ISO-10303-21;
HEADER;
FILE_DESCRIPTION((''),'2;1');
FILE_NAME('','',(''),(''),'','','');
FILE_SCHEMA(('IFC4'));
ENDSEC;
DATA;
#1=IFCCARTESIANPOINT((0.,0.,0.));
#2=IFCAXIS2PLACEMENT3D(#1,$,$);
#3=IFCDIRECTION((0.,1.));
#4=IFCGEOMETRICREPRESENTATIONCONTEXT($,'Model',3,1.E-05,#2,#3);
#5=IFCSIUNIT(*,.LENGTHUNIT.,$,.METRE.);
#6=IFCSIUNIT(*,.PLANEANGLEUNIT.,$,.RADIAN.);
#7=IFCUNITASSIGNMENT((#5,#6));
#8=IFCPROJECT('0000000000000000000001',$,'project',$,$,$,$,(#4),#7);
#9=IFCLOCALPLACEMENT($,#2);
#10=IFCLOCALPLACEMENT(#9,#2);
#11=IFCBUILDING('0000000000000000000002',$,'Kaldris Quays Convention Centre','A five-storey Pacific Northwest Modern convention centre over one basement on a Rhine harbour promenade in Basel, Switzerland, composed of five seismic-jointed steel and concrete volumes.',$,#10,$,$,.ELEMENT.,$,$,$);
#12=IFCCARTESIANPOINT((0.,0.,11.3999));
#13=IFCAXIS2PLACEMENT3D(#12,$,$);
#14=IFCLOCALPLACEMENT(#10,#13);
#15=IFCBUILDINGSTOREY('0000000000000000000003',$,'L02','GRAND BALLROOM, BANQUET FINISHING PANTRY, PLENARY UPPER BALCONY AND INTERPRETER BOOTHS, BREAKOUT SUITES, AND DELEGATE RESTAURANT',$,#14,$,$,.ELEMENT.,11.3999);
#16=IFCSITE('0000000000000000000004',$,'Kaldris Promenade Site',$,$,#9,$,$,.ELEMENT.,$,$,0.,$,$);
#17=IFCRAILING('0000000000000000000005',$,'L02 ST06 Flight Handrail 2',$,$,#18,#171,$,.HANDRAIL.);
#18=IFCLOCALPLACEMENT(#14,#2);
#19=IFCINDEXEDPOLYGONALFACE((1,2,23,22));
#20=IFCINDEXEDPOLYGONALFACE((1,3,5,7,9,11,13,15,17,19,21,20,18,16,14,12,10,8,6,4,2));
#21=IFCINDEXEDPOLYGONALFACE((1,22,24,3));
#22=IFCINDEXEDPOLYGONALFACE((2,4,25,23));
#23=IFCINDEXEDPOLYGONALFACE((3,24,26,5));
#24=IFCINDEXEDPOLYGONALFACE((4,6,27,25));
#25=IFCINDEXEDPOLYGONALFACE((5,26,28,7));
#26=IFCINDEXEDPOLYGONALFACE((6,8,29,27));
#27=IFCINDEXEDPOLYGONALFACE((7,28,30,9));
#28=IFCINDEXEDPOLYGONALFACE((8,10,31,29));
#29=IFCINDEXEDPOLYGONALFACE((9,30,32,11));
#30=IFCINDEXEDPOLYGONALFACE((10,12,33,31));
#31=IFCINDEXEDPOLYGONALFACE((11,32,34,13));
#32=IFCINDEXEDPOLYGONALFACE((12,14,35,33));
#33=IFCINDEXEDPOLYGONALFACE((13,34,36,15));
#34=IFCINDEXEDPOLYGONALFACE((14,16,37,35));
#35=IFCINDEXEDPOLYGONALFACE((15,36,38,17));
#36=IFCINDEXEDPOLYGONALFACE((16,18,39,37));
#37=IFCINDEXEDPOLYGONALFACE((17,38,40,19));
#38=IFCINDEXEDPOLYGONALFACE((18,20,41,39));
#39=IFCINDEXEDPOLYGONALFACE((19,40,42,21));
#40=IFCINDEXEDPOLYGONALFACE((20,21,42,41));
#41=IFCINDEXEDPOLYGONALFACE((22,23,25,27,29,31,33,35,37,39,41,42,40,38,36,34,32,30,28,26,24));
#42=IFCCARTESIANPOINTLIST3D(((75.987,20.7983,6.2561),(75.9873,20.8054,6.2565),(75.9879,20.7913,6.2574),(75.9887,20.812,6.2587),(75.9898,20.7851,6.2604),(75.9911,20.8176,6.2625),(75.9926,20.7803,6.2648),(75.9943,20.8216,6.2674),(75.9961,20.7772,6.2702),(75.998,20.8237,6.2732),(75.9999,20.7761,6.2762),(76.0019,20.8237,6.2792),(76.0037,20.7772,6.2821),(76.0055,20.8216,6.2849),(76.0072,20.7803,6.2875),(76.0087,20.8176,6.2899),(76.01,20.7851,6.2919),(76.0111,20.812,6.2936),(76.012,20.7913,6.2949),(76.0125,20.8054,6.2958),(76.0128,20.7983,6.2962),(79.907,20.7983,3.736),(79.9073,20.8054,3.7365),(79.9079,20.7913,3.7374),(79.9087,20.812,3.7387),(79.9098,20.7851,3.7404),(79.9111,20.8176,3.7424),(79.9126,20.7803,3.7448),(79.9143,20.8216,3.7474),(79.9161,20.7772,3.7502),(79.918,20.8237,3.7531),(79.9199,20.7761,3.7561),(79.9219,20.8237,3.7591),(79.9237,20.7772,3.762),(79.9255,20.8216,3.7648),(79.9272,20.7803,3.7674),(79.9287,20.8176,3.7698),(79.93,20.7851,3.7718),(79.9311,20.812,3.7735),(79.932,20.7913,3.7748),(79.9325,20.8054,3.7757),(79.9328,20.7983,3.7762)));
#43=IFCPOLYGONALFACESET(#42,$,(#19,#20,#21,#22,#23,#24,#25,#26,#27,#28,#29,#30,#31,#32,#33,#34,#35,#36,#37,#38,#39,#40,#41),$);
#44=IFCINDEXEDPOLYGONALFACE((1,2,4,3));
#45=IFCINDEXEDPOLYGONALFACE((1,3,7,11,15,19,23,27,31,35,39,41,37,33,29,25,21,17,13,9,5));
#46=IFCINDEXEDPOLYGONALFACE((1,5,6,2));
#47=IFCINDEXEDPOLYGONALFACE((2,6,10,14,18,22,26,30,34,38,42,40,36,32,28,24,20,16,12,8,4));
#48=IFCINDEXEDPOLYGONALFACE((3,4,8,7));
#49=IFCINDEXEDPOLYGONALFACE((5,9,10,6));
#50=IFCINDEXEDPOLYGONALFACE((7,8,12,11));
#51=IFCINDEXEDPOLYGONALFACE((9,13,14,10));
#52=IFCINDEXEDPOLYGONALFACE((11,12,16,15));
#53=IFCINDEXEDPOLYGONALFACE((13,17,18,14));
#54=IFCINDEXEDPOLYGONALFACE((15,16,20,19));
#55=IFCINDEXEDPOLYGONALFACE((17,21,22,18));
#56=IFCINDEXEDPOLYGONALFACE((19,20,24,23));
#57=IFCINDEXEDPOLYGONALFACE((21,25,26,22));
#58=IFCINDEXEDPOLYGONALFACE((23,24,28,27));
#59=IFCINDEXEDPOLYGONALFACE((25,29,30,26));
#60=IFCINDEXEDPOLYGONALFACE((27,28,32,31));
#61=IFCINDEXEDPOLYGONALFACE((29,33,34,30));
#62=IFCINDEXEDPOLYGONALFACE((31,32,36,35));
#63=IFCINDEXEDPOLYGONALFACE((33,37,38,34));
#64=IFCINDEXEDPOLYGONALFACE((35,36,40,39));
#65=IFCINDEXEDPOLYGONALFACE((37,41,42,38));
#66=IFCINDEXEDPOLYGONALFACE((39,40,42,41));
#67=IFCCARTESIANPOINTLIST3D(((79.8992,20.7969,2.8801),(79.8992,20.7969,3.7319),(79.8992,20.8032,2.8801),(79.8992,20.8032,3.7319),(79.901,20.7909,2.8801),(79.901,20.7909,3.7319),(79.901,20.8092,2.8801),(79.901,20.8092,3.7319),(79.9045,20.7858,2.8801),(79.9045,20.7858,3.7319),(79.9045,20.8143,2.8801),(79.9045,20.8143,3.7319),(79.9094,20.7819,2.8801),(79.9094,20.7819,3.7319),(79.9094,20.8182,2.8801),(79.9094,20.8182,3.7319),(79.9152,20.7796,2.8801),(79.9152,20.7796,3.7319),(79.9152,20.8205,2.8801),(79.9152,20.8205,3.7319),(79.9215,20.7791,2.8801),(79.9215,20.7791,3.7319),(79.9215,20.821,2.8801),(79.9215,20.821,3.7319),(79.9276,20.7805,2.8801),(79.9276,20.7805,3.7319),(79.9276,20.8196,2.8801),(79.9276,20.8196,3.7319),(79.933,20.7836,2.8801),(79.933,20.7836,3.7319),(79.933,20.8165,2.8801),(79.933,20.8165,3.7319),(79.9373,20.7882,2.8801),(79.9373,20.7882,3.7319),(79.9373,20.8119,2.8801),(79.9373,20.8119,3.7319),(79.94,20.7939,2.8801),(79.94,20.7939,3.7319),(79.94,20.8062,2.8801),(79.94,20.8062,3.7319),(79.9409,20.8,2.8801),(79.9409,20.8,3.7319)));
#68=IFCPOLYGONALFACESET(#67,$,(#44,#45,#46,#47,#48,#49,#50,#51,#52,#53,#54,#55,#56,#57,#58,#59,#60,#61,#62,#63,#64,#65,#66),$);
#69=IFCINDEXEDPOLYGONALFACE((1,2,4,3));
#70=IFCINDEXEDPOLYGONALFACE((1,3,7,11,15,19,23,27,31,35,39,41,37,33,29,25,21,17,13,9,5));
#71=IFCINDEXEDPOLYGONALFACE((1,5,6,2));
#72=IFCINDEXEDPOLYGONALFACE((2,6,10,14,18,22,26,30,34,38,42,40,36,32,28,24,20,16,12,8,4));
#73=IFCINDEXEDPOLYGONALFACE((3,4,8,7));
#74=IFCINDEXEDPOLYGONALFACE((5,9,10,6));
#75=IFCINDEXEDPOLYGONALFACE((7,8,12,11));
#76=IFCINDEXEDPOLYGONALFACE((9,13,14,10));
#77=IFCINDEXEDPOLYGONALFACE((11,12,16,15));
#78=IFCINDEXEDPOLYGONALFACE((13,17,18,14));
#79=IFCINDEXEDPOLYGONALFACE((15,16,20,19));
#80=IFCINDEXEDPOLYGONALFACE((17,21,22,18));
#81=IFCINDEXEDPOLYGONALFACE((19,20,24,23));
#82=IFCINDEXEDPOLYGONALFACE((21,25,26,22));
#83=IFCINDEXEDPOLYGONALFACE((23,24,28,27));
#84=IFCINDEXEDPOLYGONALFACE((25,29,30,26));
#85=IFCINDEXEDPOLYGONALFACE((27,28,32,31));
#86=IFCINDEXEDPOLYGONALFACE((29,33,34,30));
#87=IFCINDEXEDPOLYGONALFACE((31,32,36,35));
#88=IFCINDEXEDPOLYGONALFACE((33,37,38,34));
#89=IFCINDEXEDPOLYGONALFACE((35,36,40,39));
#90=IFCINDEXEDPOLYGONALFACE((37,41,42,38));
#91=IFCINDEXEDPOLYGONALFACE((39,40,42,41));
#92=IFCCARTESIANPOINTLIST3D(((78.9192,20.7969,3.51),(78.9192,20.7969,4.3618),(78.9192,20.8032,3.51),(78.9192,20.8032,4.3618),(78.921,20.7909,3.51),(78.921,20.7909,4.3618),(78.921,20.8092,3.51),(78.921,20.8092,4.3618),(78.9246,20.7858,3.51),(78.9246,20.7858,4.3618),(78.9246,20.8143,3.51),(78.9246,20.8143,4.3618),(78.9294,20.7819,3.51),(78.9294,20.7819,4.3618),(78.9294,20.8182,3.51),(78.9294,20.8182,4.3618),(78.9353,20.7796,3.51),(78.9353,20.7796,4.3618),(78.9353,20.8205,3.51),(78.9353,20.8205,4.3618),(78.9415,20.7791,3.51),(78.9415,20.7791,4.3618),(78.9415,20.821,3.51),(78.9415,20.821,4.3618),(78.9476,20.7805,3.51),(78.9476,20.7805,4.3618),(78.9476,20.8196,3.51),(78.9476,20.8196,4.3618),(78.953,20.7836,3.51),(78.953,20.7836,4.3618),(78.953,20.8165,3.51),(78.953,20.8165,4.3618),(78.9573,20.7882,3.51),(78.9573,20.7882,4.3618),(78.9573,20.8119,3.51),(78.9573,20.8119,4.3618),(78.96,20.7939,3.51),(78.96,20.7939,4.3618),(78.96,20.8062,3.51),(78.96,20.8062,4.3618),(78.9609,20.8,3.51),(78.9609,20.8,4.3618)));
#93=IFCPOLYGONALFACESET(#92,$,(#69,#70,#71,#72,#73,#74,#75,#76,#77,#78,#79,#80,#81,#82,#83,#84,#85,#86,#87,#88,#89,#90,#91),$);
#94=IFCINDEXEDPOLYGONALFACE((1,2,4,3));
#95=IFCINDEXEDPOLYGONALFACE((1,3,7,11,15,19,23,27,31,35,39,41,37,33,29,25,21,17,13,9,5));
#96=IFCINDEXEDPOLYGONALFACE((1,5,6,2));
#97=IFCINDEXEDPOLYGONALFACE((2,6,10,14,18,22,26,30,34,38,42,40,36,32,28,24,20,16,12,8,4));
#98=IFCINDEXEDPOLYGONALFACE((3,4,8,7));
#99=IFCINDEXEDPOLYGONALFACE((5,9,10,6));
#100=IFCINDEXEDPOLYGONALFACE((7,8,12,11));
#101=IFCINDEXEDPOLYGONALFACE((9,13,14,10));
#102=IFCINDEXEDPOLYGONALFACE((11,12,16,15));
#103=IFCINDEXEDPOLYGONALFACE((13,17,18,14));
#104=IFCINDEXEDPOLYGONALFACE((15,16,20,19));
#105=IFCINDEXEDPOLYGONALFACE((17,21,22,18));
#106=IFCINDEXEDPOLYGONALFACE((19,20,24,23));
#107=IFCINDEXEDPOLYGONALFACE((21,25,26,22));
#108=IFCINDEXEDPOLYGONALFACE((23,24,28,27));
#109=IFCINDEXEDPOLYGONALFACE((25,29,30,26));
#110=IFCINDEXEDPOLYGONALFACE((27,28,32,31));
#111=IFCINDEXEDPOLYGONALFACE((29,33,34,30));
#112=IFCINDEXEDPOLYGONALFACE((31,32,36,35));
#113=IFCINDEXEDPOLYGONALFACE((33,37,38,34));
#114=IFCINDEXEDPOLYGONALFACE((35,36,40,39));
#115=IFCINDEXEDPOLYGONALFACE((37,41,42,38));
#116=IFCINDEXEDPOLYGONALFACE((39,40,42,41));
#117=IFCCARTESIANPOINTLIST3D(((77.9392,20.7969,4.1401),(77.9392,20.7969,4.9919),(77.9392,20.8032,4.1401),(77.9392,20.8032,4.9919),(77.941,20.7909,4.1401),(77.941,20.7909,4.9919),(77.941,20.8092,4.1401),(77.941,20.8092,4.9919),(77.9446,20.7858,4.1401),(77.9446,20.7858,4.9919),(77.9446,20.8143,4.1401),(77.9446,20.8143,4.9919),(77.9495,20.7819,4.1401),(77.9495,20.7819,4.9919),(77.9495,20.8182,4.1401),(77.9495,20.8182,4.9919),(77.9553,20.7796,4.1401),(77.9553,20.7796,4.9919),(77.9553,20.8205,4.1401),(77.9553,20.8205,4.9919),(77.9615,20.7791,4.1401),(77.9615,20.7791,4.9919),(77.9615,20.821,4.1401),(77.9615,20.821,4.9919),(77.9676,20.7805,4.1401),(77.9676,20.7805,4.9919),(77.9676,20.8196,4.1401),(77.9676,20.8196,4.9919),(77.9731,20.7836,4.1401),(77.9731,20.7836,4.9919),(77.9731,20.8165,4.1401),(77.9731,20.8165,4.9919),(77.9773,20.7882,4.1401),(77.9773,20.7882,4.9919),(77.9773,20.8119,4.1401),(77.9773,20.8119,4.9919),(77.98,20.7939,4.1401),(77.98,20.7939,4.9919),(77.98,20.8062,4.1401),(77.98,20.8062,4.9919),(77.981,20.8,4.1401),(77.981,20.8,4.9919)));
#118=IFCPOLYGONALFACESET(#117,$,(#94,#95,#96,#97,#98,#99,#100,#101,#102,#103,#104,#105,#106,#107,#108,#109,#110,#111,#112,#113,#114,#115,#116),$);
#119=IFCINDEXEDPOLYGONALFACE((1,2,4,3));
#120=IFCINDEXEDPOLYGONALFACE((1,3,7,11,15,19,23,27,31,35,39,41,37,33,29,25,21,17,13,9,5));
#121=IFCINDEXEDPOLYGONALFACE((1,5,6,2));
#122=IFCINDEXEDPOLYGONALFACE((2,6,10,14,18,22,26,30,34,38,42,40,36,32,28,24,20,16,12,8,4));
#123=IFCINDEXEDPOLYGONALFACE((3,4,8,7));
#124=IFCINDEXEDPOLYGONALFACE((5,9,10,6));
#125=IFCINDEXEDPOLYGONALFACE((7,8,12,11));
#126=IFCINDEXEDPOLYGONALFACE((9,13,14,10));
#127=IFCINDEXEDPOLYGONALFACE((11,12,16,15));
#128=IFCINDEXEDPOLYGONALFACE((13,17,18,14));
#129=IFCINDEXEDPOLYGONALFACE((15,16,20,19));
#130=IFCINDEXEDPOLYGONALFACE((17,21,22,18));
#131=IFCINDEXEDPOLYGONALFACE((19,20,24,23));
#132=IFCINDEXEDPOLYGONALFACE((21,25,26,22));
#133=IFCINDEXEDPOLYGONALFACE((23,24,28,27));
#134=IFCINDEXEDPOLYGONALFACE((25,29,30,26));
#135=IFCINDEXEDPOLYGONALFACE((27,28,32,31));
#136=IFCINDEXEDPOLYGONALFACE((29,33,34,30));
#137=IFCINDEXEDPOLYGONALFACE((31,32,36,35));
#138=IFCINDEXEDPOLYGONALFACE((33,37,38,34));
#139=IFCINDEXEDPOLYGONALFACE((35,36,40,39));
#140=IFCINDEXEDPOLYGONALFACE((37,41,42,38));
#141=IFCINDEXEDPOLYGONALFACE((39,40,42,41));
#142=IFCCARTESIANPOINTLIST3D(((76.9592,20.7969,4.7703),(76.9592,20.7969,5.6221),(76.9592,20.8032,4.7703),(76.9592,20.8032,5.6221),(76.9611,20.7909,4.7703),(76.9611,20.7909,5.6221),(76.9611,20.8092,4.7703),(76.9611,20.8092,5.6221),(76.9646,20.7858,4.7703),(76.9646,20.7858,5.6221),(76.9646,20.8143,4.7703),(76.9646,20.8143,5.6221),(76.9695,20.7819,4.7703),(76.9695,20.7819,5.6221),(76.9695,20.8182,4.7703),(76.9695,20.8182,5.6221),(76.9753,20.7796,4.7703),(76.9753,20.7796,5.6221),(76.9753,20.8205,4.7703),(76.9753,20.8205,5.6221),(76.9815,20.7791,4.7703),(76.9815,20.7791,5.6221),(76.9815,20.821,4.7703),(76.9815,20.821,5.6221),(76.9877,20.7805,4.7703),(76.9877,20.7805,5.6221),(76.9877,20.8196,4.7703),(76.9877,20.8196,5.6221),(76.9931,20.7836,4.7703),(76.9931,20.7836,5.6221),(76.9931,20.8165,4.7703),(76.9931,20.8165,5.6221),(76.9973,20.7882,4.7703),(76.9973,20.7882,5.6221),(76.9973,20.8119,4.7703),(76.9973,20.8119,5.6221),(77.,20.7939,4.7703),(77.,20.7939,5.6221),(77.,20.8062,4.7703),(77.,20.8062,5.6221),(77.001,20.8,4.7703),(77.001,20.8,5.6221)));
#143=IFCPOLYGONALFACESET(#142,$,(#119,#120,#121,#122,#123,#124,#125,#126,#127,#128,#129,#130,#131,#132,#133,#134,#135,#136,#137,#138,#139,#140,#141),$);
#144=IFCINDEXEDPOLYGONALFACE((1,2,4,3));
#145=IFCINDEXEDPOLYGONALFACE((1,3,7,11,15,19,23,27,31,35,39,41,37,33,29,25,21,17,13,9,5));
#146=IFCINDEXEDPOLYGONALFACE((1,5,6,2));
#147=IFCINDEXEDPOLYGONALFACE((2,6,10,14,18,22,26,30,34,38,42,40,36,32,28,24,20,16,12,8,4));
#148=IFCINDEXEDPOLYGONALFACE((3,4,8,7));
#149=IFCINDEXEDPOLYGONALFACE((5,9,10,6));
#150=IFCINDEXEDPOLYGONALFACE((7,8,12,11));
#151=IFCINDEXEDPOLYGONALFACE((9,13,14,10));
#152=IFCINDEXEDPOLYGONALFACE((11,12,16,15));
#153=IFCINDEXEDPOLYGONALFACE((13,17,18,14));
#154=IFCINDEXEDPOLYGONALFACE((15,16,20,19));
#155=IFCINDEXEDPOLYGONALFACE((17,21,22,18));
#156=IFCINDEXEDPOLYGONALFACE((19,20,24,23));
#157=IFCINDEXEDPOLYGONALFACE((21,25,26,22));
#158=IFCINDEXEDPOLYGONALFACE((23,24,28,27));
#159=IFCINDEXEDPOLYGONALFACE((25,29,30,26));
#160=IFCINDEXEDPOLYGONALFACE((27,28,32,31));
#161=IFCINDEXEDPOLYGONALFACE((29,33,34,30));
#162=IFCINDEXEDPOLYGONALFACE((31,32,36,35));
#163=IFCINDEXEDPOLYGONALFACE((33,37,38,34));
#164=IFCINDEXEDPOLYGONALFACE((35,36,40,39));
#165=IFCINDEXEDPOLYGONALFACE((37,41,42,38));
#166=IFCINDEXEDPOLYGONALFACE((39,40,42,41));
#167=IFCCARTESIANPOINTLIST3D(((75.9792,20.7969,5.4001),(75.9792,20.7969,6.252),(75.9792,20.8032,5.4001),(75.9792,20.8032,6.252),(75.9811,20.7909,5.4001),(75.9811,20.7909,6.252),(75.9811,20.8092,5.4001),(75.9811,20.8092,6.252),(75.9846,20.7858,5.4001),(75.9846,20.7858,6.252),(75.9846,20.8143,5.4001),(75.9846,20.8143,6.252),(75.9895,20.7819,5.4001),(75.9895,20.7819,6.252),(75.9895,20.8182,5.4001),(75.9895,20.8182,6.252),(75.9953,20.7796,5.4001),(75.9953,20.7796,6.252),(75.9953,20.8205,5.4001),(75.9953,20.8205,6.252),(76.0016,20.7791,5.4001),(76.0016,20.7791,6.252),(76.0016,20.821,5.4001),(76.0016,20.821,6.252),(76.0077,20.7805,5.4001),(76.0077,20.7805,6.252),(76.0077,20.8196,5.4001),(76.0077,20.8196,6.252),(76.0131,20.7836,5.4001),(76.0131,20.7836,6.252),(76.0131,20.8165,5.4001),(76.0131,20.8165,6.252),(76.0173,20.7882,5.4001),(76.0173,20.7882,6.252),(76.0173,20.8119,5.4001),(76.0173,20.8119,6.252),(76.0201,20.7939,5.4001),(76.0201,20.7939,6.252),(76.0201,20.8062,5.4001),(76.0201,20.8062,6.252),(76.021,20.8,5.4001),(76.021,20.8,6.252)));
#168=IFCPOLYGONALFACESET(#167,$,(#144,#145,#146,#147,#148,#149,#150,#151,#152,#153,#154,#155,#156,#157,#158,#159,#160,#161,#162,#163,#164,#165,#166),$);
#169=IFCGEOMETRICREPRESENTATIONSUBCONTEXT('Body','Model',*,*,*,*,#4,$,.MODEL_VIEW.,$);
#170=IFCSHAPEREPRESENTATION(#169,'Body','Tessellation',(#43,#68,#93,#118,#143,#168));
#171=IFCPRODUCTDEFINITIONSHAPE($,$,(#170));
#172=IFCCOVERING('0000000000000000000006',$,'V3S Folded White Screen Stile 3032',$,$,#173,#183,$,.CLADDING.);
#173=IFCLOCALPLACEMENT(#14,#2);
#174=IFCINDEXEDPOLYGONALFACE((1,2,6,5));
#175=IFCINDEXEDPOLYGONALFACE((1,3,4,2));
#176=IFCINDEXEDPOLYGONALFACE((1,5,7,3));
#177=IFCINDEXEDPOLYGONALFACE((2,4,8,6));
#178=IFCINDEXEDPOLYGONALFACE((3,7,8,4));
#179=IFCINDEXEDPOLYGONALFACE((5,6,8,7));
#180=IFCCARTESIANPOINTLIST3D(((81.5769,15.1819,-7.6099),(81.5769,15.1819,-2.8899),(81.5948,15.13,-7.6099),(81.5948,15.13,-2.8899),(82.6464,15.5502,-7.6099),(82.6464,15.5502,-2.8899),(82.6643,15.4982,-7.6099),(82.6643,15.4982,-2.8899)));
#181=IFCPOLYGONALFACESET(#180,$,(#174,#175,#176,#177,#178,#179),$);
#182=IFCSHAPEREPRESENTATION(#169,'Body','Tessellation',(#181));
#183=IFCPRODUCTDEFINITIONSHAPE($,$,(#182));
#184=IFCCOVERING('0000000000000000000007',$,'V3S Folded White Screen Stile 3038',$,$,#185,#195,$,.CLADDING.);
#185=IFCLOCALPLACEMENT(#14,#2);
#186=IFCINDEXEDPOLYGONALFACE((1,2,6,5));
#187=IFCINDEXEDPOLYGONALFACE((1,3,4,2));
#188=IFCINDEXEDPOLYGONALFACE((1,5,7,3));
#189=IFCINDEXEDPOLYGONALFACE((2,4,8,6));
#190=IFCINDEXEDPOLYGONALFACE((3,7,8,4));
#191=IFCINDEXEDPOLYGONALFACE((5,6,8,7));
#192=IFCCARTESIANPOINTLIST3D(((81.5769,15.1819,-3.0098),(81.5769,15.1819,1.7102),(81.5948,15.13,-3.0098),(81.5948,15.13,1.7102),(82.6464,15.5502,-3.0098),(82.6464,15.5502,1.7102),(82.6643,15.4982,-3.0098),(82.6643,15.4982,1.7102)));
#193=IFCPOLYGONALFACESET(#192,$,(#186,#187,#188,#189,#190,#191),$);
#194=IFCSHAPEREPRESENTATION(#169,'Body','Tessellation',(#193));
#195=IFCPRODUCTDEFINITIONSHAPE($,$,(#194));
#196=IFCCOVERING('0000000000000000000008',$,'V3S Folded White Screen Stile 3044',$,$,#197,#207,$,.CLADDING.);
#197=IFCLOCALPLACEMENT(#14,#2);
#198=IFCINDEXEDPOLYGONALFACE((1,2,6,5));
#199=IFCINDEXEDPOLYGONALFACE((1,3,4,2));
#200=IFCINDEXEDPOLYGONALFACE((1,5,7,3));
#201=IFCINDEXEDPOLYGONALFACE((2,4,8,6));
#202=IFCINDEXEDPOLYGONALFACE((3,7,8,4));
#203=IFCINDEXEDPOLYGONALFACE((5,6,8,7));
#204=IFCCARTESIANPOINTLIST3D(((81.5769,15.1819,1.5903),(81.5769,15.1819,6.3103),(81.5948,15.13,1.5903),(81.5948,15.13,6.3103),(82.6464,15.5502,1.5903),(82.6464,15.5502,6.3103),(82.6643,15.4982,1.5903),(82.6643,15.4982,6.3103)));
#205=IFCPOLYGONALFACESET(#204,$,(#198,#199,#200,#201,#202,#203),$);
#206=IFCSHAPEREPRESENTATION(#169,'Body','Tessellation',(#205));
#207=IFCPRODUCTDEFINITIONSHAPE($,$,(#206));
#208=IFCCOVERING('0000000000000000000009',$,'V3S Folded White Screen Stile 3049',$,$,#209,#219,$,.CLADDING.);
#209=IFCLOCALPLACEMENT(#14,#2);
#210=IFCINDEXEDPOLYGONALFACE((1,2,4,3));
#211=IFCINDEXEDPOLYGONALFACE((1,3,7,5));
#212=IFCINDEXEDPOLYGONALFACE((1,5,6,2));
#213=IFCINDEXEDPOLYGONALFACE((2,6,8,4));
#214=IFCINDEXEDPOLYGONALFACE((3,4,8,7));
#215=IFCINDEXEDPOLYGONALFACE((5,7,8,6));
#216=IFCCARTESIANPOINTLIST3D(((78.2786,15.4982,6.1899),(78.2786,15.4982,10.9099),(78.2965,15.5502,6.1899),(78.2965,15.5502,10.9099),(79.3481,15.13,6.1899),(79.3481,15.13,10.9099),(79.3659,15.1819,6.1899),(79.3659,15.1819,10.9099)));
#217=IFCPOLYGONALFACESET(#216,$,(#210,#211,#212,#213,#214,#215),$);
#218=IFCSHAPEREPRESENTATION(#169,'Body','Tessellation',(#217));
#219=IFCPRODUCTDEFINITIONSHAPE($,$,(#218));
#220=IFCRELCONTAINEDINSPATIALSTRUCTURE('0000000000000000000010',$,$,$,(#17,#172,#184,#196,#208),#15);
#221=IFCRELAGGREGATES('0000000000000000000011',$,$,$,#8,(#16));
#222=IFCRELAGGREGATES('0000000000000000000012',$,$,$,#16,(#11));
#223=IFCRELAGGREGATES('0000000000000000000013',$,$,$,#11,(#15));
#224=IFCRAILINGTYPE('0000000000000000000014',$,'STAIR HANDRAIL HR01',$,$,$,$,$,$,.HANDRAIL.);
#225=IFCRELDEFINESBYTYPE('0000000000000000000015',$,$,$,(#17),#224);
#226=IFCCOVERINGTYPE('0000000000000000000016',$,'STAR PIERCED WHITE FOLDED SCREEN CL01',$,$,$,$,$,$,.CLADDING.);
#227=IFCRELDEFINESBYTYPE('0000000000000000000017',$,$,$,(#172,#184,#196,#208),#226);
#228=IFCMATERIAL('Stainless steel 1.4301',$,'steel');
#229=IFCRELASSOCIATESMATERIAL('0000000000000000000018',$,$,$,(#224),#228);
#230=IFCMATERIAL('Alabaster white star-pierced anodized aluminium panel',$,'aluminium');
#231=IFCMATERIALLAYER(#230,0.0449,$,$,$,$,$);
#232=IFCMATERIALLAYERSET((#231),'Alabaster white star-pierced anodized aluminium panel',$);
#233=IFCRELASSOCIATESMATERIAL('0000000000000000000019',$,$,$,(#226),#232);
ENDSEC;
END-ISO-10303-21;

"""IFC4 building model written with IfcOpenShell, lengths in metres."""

from ifc_helpers import new_model, si_unit, direction, frame, origin, origin_2d, place, context, subcontext, project, spatial, rectangle, circle, extrude, material, layer, layer_set, type_object, element, save


model = new_model("IFC4")

# Units and contexts
model_context = context("Model", 3, precision=1e-05, world=origin(), true_north=direction((0.0, 1.0)))
body_context = subcontext(model_context, "Body", "Model", "MODEL_VIEW")
ifc_project = project(units=[si_unit("LENGTHUNIT", "METRE"), si_unit("PLANEANGLEUNIT", "RADIAN")], contexts=[model_context])

# Site, building, storey
site_placement = place(None, origin())
site = spatial("IfcSite", under=ifc_project, at=site_placement, Name="Kaldris Promenade Site", CompositionType="ELEMENT", RefElevation=0.0)
building_placement = place(site_placement, origin())
building = spatial("IfcBuilding", under=site, at=building_placement, Name="Kaldris Quays Convention Centre", Description="A five-storey Pacific Northwest Modern convention centre over one basement on a Rhine harbour promenade in Basel, Switzerland, composed of five seismic-jointed steel and concrete volumes.", CompositionType="ELEMENT")
storey_placement = place(building_placement, frame((0.0, 0.0, 11.3999)))
storey = spatial("IfcBuildingStorey", under=building, at=storey_placement, Name="L02", Description="GRAND BALLROOM, BANQUET FINISHING PANTRY, PLENARY UPPER BALCONY AND INTERPRETER BOOTHS, BREAKOUT SUITES, AND DELEGATE RESTAURANT", CompositionType="ELEMENT", Elevation=11.3999)

# Railing
ifc_material_1 = material(Name="Stainless steel 1.4301", Category="steel")
railing_type_1 = type_object("IfcRailingType", Name="STAIR HANDRAIL HR01", PredefinedType="HANDRAIL", material=ifc_material_1)
railing_1_placement = place(storey_placement, frame((79.9199, 20.8, 2.8801)))
element("IfcRailing", 1, at=railing_1_placement, inside=storey, type_object=railing_type_1, Name="L02 ST06 Flight Handrail 2", PredefinedType="HANDRAIL", context=body_context, shape_type="SweptSolid", body=[
    extrude(circle(Radius=0.0239, at=origin_2d()), frame((0.0, 0.0, 0.876), z_axis=(-0.841172, 0.0, 0.540768), x_axis=(0.0, -1.0, 0.0)), (0.0, 0.0, 1.0), 4.6602),
    extrude(circle(Radius=0.021, at=origin_2d()), origin(), (0.0, 0.0, 1.0), 0.8518),
    extrude(circle(Radius=0.021, at=origin_2d()), frame((-0.98, 0.0, 0.6299)), (0.0, 0.0, 1.0), 0.8518),
    extrude(circle(Radius=0.021, at=origin_2d()), frame((-1.96, 0.0, 1.26)), (0.0, 0.0, 1.0), 0.8518),
    extrude(circle(Radius=0.021, at=origin_2d()), frame((-2.9399, 0.0, 1.8901)), (0.0, 0.0, 1.0), 0.8518),
    extrude(circle(Radius=0.021, at=origin_2d()), frame((-3.9199, 0.0, 2.52)), (0.0, 0.0, 1.0), 0.8518),
])

# Coverings
ifc_material_2 = material(Name="Alabaster white star-pierced anodized aluminium panel", Category="aluminium")
ifc_layer_1 = layer(ifc_material_2, 0.0449)
ifc_layer_set_1 = layer_set([ifc_layer_1], Name="Alabaster white star-pierced anodized aluminium panel")
covering_type = type_object("IfcCoveringType", Name="STAR PIERCED WHITE FOLDED SCREEN CL01", PredefinedType="CLADDING", material=ifc_layer_set_1)
for number, where, z_axis, x_axis, name in (
    (2, (82.1206, 15.3401, -7.6099), (0.0, 0.0, 1.0), (0.945519, 0.325568, 0.0), "V3S Folded White Screen Stile 3032"),
    (3, (82.1206, 15.3401, -3.0098), (0.0, 0.0, 1.0), (0.945519, 0.325568, 0.0), "V3S Folded White Screen Stile 3038"),
    (4, (82.1206, 15.3401, 1.5903), (0.0, 0.0, 1.0), (0.945519, 0.325568, 0.0), "V3S Folded White Screen Stile 3044"),
    (5, (78.8223, 15.3401, 6.1899), (0.0, 0.0, 1.0), (0.945519, -0.325568, 0.0), "V3S Folded White Screen Stile 3049"),
):
    element("IfcCovering", number, at=place(storey_placement, frame(where, z_axis=z_axis, x_axis=x_axis)), inside=storey, type_object=covering_type, Name=name, PredefinedType="CLADDING", context=body_context, shape_type="SweptSolid", body=[
        extrude(rectangle(XDim=1.1311, YDim=0.0549, at=origin_2d()), origin(), (0.0, 0.0, 1.0), 4.72),
    ])

save(model, "model.ifc")
